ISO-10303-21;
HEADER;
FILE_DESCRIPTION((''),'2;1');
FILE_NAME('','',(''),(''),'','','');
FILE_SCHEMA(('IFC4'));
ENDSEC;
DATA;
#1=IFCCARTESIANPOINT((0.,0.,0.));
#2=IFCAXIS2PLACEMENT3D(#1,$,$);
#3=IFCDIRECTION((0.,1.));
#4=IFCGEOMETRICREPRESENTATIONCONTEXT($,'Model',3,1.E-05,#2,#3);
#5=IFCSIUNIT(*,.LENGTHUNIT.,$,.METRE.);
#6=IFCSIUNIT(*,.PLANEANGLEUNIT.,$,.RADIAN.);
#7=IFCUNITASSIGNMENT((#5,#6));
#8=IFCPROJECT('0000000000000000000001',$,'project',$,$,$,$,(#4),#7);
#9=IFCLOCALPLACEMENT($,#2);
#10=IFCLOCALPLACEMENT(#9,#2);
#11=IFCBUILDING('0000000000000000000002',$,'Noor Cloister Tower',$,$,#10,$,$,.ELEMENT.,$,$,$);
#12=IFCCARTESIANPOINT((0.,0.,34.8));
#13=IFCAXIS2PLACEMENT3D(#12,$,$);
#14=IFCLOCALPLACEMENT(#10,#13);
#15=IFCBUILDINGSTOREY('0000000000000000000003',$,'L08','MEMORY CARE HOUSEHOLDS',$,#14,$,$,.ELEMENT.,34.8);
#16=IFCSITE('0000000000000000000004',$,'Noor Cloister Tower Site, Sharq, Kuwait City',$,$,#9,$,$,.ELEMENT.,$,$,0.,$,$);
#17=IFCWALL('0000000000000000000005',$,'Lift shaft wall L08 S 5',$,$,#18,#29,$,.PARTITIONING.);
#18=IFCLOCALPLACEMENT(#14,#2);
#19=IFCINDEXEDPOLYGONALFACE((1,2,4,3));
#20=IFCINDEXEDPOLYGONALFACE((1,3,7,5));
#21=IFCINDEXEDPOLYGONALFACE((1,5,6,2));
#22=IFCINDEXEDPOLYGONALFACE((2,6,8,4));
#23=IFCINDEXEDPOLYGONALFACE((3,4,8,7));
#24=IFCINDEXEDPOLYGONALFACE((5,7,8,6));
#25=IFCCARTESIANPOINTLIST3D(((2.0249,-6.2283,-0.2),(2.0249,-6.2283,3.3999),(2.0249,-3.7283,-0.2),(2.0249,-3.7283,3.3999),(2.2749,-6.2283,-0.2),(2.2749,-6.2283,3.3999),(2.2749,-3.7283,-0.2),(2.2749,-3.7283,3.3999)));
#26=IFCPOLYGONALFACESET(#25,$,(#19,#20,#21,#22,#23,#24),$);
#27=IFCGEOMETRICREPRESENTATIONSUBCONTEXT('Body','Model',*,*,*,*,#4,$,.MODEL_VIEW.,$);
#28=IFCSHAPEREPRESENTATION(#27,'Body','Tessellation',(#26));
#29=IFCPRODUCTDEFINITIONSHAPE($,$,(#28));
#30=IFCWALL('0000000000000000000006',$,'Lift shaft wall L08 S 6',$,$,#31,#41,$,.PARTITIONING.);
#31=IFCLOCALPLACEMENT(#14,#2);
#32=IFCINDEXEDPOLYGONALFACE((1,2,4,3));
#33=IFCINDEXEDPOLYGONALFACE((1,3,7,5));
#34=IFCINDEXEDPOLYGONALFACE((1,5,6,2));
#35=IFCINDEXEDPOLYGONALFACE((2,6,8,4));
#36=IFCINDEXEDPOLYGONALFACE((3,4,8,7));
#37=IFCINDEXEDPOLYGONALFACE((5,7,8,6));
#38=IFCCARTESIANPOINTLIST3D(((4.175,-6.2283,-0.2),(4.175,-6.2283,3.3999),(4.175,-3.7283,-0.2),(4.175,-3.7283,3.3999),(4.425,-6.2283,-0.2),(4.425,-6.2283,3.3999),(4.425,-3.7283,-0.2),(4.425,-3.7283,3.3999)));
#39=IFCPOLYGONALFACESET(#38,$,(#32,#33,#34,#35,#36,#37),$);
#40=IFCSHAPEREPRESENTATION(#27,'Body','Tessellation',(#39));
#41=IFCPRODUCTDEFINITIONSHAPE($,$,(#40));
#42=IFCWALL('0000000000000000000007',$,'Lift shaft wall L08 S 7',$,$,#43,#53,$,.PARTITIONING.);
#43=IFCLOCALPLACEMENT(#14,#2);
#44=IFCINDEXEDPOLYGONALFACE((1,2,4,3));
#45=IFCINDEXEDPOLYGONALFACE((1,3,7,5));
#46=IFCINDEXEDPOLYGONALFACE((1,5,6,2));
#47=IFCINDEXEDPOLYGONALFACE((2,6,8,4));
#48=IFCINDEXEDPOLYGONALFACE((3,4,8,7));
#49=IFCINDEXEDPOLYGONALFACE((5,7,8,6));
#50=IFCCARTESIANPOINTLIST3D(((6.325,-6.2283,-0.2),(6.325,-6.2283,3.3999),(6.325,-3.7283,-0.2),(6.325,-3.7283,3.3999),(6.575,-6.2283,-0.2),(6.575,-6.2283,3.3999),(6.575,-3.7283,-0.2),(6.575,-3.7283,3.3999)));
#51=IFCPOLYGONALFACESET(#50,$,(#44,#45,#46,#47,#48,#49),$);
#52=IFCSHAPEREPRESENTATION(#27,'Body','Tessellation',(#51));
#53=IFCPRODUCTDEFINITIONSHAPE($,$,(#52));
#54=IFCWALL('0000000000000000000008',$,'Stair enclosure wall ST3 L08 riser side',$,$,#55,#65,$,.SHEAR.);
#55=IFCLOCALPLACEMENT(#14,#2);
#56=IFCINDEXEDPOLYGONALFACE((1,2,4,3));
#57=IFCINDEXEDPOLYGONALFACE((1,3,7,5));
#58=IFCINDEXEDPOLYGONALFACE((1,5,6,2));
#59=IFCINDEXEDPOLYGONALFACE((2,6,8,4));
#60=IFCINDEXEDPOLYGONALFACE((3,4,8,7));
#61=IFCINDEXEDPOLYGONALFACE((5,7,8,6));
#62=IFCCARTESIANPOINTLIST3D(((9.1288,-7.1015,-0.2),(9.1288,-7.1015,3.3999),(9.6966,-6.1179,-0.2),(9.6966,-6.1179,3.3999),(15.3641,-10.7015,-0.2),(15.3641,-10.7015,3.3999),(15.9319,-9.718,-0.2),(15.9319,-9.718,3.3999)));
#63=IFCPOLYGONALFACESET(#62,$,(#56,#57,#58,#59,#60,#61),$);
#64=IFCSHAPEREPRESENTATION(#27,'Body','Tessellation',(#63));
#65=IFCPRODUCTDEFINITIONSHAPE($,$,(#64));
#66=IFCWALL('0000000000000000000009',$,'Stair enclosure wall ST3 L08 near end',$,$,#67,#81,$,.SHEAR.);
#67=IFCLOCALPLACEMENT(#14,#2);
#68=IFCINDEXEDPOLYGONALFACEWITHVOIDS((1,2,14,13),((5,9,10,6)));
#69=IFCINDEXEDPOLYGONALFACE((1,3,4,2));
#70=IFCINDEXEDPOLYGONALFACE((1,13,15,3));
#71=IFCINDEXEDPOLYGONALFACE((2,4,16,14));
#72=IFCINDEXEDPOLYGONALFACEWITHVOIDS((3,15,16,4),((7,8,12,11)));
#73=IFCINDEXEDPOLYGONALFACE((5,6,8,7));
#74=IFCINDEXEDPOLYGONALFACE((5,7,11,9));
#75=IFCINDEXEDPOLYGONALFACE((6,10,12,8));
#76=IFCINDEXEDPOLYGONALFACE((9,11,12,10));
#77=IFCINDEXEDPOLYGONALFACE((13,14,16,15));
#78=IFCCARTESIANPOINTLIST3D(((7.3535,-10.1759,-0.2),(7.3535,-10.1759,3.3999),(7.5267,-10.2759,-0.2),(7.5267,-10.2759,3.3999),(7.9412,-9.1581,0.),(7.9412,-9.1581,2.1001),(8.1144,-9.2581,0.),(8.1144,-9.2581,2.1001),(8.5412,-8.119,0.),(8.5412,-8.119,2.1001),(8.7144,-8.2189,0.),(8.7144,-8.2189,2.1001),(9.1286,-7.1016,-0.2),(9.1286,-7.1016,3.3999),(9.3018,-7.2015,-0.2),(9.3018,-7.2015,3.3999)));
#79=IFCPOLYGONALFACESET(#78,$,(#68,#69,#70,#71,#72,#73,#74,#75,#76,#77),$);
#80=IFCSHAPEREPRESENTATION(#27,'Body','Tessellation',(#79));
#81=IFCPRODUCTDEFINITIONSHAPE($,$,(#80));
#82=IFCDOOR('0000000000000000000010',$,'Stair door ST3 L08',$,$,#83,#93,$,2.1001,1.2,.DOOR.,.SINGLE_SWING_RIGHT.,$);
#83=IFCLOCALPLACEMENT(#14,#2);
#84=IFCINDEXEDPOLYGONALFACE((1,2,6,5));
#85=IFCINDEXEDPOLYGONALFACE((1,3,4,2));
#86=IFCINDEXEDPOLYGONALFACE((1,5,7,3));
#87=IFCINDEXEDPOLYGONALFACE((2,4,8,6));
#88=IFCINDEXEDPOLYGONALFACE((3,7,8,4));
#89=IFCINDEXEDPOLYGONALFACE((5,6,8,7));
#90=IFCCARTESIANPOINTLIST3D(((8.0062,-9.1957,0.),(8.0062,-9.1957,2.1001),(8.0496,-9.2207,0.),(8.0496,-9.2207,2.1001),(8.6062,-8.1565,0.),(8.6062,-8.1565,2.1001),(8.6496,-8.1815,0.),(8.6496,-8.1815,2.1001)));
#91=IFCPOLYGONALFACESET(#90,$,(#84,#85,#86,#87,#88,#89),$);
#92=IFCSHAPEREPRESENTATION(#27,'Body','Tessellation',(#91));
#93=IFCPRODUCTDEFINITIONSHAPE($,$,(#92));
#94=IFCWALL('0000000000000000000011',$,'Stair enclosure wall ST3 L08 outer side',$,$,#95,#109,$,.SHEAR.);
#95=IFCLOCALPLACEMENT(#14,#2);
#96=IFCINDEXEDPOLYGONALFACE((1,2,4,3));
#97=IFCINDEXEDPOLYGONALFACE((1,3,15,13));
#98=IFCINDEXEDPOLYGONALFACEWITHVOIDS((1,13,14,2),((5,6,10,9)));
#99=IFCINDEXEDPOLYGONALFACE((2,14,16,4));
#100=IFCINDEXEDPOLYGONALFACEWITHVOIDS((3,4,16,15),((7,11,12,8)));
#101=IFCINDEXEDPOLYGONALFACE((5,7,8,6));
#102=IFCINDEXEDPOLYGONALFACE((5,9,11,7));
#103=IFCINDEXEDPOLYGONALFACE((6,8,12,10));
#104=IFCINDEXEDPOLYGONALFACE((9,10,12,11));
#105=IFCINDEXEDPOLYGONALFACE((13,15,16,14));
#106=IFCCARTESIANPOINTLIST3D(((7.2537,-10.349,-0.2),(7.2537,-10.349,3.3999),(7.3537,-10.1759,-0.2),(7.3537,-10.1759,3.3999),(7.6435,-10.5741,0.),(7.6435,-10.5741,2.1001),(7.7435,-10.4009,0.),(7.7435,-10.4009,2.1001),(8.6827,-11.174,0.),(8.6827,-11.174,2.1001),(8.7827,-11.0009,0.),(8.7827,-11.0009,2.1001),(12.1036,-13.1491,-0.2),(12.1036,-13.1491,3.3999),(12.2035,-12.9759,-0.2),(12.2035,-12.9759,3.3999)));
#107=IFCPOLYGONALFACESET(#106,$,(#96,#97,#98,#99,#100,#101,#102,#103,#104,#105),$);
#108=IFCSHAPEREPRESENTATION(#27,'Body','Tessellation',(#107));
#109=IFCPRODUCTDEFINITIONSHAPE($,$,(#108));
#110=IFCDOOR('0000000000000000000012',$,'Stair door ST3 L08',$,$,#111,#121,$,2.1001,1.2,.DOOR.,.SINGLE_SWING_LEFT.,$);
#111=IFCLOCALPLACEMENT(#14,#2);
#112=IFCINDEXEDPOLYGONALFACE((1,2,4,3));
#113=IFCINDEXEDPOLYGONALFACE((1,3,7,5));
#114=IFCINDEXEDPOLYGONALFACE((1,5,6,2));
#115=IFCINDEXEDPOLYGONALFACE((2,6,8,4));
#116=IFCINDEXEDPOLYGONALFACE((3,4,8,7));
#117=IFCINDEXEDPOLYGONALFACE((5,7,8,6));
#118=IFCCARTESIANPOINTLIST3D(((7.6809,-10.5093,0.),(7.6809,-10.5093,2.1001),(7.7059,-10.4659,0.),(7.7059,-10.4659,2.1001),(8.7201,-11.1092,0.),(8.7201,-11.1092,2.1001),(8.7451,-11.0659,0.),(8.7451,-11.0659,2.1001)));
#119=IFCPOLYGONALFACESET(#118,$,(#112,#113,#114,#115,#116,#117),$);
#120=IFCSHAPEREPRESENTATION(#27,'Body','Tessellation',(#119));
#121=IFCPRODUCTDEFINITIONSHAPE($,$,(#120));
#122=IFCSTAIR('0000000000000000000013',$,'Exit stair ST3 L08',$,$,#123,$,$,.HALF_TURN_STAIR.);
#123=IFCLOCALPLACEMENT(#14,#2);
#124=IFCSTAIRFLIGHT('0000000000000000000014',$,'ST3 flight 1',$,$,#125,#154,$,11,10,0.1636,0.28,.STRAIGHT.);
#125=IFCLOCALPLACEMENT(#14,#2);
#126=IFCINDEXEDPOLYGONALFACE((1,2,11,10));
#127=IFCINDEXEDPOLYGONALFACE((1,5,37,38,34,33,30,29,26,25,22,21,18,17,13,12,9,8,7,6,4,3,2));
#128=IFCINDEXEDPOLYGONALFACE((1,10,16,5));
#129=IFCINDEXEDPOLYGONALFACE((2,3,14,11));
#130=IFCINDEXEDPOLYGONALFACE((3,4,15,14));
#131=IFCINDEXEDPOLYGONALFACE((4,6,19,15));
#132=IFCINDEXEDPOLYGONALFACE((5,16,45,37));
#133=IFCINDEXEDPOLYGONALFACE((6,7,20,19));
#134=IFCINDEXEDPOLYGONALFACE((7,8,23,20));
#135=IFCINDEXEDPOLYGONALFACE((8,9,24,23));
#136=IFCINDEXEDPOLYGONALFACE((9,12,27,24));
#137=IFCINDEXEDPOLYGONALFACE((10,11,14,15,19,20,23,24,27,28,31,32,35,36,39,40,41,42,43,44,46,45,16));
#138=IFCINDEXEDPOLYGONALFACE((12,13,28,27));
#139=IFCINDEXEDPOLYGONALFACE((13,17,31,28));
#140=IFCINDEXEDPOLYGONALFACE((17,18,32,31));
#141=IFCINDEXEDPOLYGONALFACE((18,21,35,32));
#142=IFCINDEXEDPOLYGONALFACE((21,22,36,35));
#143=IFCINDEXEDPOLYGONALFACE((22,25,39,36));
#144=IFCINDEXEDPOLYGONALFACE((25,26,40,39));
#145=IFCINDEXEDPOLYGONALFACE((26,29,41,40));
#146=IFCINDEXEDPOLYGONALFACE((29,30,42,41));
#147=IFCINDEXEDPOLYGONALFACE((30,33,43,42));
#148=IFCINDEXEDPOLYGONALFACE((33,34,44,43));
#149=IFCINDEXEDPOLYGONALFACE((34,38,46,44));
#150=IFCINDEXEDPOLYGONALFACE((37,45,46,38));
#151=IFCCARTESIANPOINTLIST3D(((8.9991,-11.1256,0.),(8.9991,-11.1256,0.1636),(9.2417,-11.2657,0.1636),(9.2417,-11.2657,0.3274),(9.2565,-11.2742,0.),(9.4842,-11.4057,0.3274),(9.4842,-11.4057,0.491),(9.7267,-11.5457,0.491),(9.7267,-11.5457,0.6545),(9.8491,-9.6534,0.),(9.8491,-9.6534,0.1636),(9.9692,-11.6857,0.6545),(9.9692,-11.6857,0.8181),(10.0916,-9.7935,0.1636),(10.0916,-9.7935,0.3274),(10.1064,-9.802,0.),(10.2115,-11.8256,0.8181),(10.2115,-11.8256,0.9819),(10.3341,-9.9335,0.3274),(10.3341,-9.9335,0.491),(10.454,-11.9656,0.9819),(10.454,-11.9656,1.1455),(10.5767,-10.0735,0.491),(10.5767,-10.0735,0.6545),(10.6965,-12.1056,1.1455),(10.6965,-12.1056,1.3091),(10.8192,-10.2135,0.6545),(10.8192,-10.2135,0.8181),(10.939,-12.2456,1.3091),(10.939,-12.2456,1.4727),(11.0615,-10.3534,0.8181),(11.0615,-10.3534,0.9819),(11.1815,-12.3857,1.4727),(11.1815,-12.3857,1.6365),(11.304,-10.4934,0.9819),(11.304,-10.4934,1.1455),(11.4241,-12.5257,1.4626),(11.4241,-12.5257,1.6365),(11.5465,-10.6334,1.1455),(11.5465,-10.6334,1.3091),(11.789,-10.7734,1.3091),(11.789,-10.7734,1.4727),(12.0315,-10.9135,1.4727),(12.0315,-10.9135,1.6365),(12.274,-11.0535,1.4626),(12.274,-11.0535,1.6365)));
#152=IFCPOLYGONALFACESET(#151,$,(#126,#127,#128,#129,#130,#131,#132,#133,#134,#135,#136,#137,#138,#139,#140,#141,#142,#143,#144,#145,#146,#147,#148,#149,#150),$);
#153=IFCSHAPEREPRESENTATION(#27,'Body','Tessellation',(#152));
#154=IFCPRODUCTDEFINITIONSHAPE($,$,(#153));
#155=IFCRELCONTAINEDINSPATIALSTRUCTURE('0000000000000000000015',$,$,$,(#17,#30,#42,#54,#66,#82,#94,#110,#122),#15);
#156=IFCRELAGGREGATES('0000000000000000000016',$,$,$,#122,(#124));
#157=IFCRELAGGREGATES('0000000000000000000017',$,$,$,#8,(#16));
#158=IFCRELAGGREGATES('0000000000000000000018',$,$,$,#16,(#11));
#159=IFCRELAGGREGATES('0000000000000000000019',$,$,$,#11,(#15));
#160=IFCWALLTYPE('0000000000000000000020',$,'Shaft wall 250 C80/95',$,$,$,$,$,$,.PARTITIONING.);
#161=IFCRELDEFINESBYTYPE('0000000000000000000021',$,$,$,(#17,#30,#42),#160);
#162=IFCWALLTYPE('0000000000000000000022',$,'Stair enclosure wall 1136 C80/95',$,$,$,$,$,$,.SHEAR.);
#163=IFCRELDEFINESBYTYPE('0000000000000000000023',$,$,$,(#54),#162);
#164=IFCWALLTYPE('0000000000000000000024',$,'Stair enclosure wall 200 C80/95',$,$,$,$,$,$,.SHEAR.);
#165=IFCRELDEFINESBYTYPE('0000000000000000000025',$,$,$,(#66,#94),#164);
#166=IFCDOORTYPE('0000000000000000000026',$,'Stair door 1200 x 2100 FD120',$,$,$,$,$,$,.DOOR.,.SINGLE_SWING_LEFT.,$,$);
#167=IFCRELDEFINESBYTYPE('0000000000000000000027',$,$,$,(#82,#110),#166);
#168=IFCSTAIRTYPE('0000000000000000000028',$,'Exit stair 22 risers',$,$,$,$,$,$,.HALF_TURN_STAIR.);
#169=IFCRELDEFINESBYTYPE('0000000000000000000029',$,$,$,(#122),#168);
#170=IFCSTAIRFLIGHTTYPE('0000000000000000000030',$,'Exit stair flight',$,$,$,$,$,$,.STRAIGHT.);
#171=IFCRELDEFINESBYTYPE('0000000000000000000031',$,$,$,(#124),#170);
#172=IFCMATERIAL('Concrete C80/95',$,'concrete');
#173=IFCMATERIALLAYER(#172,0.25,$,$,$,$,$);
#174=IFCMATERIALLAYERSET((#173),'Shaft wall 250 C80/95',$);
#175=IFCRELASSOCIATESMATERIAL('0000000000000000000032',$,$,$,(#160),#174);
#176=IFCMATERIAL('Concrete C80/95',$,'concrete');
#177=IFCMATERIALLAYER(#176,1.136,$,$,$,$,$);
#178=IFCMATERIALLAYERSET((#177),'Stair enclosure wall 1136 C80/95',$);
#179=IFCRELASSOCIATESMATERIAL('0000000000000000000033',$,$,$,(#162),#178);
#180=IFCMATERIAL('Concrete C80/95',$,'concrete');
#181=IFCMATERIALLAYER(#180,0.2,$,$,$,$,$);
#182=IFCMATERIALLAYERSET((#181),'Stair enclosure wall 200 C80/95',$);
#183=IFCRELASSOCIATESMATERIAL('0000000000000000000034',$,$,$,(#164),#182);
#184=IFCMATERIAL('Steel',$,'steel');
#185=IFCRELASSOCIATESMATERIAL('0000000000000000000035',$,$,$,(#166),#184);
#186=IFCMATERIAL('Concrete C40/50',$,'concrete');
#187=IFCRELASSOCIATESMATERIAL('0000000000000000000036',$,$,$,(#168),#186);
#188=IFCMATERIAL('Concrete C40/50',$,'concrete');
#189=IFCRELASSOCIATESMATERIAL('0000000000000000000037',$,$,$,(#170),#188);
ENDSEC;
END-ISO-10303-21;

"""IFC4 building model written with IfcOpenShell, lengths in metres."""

from ifc_helpers import new_model, si_unit, direction, frame, frame_2d, origin, place, context, subcontext, project, spatial, polyline, rectangle, outline, extrude, material, layer, layer_set, type_object, element, fill, aggregate, save


model = new_model("IFC4")

# Units and contexts
model_context = context("Model", 3, precision=1e-05, world=origin(), true_north=direction((0.0, 1.0)))
body_context = subcontext(model_context, "Body", "Model", "MODEL_VIEW")
ifc_project = project(units=[si_unit("LENGTHUNIT", "METRE"), si_unit("PLANEANGLEUNIT", "RADIAN")], contexts=[model_context])

# Site, building, storey
site_placement = place(None, origin())
site = spatial("IfcSite", under=ifc_project, at=site_placement, Name="Noor Cloister Tower Site, Sharq, Kuwait City", CompositionType="ELEMENT", RefElevation=0.0)
building_placement = place(site_placement, origin())
building = spatial("IfcBuilding", under=site, at=building_placement, Name="Noor Cloister Tower", CompositionType="ELEMENT")
storey_placement = place(building_placement, frame((0.0, 0.0, 34.8)))
storey = spatial("IfcBuildingStorey", under=building, at=storey_placement, Name="L08", Description="MEMORY CARE HOUSEHOLDS", CompositionType="ELEMENT", Elevation=34.8)

# Walls
ifc_material_1 = material(Name="Concrete C80/95", Category="concrete")
ifc_layer_1 = layer(ifc_material_1, 0.25)
ifc_layer_set_1 = layer_set([ifc_layer_1], Name="Shaft wall 250 C80/95")
wall_type_1 = type_object("IfcWallType", Name="Shaft wall 250 C80/95", PredefinedType="PARTITIONING", material=ifc_layer_set_1)
for number, where, z_axis, x_axis, name in (
    (1, (2.1499, -6.2283, -0.2), (0.0, 0.0, 1.0), (0.0, 1.0, 0.0), "Lift shaft wall L08 S 5"),
    (2, (4.3, -6.2283, -0.2), (0.0, 0.0, 1.0), (0.0, 1.0, 0.0), "Lift shaft wall L08 S 6"),
    (3, (6.45, -6.2283, -0.2), (0.0, 0.0, 1.0), (0.0, 1.0, 0.0), "Lift shaft wall L08 S 7"),
):
    element("IfcWall", number, at=place(storey_placement, frame(where, z_axis=z_axis, x_axis=x_axis)), inside=storey, type_object=wall_type_1, Name=name, PredefinedType="PARTITIONING", context=body_context, shape_type="SweptSolid", body=[
        extrude(rectangle(XDim=2.5, YDim=0.25, at=frame_2d((1.25, 0.0))), origin(), (0.0, 0.0, 1.0), 3.5999),
    ])
ifc_material_2 = material(Name="Concrete C80/95", Category="concrete")
ifc_layer_2 = layer(ifc_material_2, 1.136)
ifc_layer_set_2 = layer_set([ifc_layer_2], Name="Stair enclosure wall 1136 C80/95")
wall_type_2 = type_object("IfcWallType", Name="Stair enclosure wall 1136 C80/95", PredefinedType="SHEAR", material=ifc_layer_set_2)
wall_1_placement = place(storey_placement, frame((9.4126, -6.6096, -0.2), z_axis=(0.0, 0.0, 1.0), x_axis=(0.866018, -0.500012, 0.0)))
element("IfcWall", 4, at=wall_1_placement, inside=storey, type_object=wall_type_2, Name="Stair enclosure wall ST3 L08 riser side", PredefinedType="SHEAR", context=body_context, shape_type="SweptSolid", body=[
    extrude(rectangle(XDim=7.2, YDim=1.1357, at=frame_2d((3.6001, 0.0))), origin(), (0.0, 0.0, 1.0), 3.5999),
])

# Walls, openings, doors
ifc_material_3 = material(Name="Concrete C80/95", Category="concrete")
ifc_layer_3 = layer(ifc_material_3, 0.2)
ifc_layer_set_3 = layer_set([ifc_layer_3], Name="Stair enclosure wall 200 C80/95")
wall_type_3 = type_object("IfcWallType", Name="Stair enclosure wall 200 C80/95", PredefinedType="SHEAR", material=ifc_layer_set_3)
wall_2_placement = place(storey_placement, frame((7.4402, -10.2258, -0.2), z_axis=(0.0, 0.0, 1.0), x_axis=(0.500022, 0.866013, 0.0)))
wall_2 = element("IfcWall", 5, at=wall_2_placement, inside=storey, type_object=wall_type_3, Name="Stair enclosure wall ST3 L08 near end", PredefinedType="SHEAR", context=body_context, shape_type="SweptSolid", body=[
    extrude(rectangle(XDim=3.55, YDim=0.2, at=frame_2d((1.7749, 0.0))), origin(), (0.0, 0.0, 1.0), 3.5999),
])
opening_1_placement = place(wall_2_placement, frame((1.175, 0.0, 0.2)))
opening_1 = element("IfcOpeningElement", 6, at=opening_1_placement, cuts=wall_2, PredefinedType="OPENING", context=body_context, shape_type="SweptSolid", body=[
    extrude(rectangle(XDim=1.2, YDim=2.1001, at=frame_2d((0.6001, 1.05))), frame((0.0, 0.1099, 0.0), z_axis=(0.0, -1.0, 0.0), x_axis=(1.0, 0.0, 0.0)), (0.0, 0.0, 1.0), 0.22),
])
ifc_material_4 = material(Name="Steel", Category="steel")
door_type_1 = type_object("IfcDoorType", Name="Stair door 1200 x 2100 FD120", OperationType="SINGLE_SWING_LEFT", PredefinedType="DOOR", material=ifc_material_4)
door_1_placement = place(opening_1_placement, origin())
door_1 = element("IfcDoor", 7, at=door_1_placement, inside=storey, type_object=door_type_1, Name="Stair door ST3 L08", OperationType="SINGLE_SWING_RIGHT", OverallHeight=2.1001, OverallWidth=1.2, PredefinedType="DOOR", context=body_context, shape_type="SweptSolid", body=[
    extrude(rectangle(XDim=1.2, YDim=2.1001, at=frame_2d((0.6001, 1.05))), frame((0.0, 0.0249, 0.0), z_axis=(0.0, -1.0, 0.0), x_axis=(1.0, 0.0, 0.0)), (0.0, 0.0, 1.0), 0.05),
])
fill(opening_1, door_1)
wall_3_placement = place(storey_placement, frame((7.3037, -10.2625, -0.2), z_axis=(0.0, 0.0, 1.0), x_axis=(0.866027, -0.499998, 0.0)))
wall_3 = element("IfcWall", 8, at=wall_3_placement, inside=storey, type_object=wall_type_3, Name="Stair enclosure wall ST3 L08 outer side", PredefinedType="SHEAR", context=body_context, shape_type="SweptSolid", body=[
    extrude(rectangle(XDim=5.6001, YDim=0.2, at=frame_2d((2.8, 0.0))), origin(), (0.0, 0.0, 1.0), 3.5999),
])
opening_2_placement = place(wall_3_placement, frame((0.45, 0.0, 0.2)))
opening_2 = element("IfcOpeningElement", 9, at=opening_2_placement, cuts=wall_3, PredefinedType="OPENING", context=body_context, shape_type="SweptSolid", body=[
    extrude(rectangle(XDim=1.2, YDim=2.1001, at=frame_2d((0.6001, 1.05))), frame((0.0, 0.1099, 0.0), z_axis=(0.0, -1.0, 0.0), x_axis=(1.0, 0.0, 0.0)), (0.0, 0.0, 1.0), 0.22),
])
door_2_placement = place(opening_2_placement, origin())
door_2 = element("IfcDoor", 10, at=door_2_placement, inside=storey, type_object=door_type_1, Name="Stair door ST3 L08", OperationType="SINGLE_SWING_LEFT", OverallHeight=2.1001, OverallWidth=1.2, PredefinedType="DOOR", context=body_context, shape_type="SweptSolid", body=[
    extrude(rectangle(XDim=1.2, YDim=2.1001, at=frame_2d((0.6001, 1.05))), frame((0.0, 0.0249, 0.0), z_axis=(0.0, -1.0, 0.0), x_axis=(1.0, 0.0, 0.0)), (0.0, 0.0, 1.0), 0.05),
])
fill(opening_2, door_2)

# Stair, stair flight
ifc_material_5 = material(Name="Concrete C40/50", Category="concrete")
stair_type = type_object("IfcStairType", Name="Exit stair 22 risers", PredefinedType="HALF_TURN_STAIR", material=ifc_material_5)
stair_placement = place(storey_placement, origin())
stair = element("IfcStair", 11, at=stair_placement, inside=storey, type_object=stair_type, Name="Exit stair ST3 L08", PredefinedType="HALF_TURN_STAIR")
ifc_material_6 = material(Name="Concrete C40/50", Category="concrete")
stair_flight_type = type_object("IfcStairFlightType", Name="Exit stair flight", PredefinedType="STRAIGHT", material=ifc_material_6)
stair_flight_placement = place(storey_placement, frame((9.4241, -10.3896, 0.0), z_axis=(0.0, 0.0, 1.0), x_axis=(0.866025, -0.5, 0.0)))
stair_flight = element("IfcStairFlight", 12, at=stair_flight_placement, type_object=stair_flight_type, Name="ST3 flight 1", NumberOfRisers=11, NumberOfTreads=10, PredefinedType="STRAIGHT", RiserHeight=0.1636, TreadLength=0.28, context=body_context, shape_type="SweptSolid", body=[
    extrude(outline(polyline([(0.0, 0.0), (0.0, 0.1636), (0.28, 0.1636), (0.28, 0.3274), (0.5601, 0.3274), (0.5601, 0.491), (0.8401, 0.491), (0.8401, 0.6545), (1.1201, 0.6545), (1.1201, 0.8181), (1.3999, 0.8181), (1.3999, 0.9819), (1.6799, 0.9819), (1.6799, 1.1455), (1.96, 1.1455), (1.96, 1.3091), (2.24, 1.3091), (2.24, 1.4727), (2.52, 1.4727), (2.52, 1.6365), (2.8, 1.6365), (2.8, 1.8), (2.8, 1.4626), (0.2971, 0.0), (0.0, 0.0)])), frame((0.0, 0.8501, 0.0), z_axis=(0.0, -1.0, 0.0), x_axis=(1.0, 0.0, 0.0)), (0.0, 0.0, 1.0), 1.7),
])
aggregate(stair, [stair_flight])

save(model, "model.ifc")
